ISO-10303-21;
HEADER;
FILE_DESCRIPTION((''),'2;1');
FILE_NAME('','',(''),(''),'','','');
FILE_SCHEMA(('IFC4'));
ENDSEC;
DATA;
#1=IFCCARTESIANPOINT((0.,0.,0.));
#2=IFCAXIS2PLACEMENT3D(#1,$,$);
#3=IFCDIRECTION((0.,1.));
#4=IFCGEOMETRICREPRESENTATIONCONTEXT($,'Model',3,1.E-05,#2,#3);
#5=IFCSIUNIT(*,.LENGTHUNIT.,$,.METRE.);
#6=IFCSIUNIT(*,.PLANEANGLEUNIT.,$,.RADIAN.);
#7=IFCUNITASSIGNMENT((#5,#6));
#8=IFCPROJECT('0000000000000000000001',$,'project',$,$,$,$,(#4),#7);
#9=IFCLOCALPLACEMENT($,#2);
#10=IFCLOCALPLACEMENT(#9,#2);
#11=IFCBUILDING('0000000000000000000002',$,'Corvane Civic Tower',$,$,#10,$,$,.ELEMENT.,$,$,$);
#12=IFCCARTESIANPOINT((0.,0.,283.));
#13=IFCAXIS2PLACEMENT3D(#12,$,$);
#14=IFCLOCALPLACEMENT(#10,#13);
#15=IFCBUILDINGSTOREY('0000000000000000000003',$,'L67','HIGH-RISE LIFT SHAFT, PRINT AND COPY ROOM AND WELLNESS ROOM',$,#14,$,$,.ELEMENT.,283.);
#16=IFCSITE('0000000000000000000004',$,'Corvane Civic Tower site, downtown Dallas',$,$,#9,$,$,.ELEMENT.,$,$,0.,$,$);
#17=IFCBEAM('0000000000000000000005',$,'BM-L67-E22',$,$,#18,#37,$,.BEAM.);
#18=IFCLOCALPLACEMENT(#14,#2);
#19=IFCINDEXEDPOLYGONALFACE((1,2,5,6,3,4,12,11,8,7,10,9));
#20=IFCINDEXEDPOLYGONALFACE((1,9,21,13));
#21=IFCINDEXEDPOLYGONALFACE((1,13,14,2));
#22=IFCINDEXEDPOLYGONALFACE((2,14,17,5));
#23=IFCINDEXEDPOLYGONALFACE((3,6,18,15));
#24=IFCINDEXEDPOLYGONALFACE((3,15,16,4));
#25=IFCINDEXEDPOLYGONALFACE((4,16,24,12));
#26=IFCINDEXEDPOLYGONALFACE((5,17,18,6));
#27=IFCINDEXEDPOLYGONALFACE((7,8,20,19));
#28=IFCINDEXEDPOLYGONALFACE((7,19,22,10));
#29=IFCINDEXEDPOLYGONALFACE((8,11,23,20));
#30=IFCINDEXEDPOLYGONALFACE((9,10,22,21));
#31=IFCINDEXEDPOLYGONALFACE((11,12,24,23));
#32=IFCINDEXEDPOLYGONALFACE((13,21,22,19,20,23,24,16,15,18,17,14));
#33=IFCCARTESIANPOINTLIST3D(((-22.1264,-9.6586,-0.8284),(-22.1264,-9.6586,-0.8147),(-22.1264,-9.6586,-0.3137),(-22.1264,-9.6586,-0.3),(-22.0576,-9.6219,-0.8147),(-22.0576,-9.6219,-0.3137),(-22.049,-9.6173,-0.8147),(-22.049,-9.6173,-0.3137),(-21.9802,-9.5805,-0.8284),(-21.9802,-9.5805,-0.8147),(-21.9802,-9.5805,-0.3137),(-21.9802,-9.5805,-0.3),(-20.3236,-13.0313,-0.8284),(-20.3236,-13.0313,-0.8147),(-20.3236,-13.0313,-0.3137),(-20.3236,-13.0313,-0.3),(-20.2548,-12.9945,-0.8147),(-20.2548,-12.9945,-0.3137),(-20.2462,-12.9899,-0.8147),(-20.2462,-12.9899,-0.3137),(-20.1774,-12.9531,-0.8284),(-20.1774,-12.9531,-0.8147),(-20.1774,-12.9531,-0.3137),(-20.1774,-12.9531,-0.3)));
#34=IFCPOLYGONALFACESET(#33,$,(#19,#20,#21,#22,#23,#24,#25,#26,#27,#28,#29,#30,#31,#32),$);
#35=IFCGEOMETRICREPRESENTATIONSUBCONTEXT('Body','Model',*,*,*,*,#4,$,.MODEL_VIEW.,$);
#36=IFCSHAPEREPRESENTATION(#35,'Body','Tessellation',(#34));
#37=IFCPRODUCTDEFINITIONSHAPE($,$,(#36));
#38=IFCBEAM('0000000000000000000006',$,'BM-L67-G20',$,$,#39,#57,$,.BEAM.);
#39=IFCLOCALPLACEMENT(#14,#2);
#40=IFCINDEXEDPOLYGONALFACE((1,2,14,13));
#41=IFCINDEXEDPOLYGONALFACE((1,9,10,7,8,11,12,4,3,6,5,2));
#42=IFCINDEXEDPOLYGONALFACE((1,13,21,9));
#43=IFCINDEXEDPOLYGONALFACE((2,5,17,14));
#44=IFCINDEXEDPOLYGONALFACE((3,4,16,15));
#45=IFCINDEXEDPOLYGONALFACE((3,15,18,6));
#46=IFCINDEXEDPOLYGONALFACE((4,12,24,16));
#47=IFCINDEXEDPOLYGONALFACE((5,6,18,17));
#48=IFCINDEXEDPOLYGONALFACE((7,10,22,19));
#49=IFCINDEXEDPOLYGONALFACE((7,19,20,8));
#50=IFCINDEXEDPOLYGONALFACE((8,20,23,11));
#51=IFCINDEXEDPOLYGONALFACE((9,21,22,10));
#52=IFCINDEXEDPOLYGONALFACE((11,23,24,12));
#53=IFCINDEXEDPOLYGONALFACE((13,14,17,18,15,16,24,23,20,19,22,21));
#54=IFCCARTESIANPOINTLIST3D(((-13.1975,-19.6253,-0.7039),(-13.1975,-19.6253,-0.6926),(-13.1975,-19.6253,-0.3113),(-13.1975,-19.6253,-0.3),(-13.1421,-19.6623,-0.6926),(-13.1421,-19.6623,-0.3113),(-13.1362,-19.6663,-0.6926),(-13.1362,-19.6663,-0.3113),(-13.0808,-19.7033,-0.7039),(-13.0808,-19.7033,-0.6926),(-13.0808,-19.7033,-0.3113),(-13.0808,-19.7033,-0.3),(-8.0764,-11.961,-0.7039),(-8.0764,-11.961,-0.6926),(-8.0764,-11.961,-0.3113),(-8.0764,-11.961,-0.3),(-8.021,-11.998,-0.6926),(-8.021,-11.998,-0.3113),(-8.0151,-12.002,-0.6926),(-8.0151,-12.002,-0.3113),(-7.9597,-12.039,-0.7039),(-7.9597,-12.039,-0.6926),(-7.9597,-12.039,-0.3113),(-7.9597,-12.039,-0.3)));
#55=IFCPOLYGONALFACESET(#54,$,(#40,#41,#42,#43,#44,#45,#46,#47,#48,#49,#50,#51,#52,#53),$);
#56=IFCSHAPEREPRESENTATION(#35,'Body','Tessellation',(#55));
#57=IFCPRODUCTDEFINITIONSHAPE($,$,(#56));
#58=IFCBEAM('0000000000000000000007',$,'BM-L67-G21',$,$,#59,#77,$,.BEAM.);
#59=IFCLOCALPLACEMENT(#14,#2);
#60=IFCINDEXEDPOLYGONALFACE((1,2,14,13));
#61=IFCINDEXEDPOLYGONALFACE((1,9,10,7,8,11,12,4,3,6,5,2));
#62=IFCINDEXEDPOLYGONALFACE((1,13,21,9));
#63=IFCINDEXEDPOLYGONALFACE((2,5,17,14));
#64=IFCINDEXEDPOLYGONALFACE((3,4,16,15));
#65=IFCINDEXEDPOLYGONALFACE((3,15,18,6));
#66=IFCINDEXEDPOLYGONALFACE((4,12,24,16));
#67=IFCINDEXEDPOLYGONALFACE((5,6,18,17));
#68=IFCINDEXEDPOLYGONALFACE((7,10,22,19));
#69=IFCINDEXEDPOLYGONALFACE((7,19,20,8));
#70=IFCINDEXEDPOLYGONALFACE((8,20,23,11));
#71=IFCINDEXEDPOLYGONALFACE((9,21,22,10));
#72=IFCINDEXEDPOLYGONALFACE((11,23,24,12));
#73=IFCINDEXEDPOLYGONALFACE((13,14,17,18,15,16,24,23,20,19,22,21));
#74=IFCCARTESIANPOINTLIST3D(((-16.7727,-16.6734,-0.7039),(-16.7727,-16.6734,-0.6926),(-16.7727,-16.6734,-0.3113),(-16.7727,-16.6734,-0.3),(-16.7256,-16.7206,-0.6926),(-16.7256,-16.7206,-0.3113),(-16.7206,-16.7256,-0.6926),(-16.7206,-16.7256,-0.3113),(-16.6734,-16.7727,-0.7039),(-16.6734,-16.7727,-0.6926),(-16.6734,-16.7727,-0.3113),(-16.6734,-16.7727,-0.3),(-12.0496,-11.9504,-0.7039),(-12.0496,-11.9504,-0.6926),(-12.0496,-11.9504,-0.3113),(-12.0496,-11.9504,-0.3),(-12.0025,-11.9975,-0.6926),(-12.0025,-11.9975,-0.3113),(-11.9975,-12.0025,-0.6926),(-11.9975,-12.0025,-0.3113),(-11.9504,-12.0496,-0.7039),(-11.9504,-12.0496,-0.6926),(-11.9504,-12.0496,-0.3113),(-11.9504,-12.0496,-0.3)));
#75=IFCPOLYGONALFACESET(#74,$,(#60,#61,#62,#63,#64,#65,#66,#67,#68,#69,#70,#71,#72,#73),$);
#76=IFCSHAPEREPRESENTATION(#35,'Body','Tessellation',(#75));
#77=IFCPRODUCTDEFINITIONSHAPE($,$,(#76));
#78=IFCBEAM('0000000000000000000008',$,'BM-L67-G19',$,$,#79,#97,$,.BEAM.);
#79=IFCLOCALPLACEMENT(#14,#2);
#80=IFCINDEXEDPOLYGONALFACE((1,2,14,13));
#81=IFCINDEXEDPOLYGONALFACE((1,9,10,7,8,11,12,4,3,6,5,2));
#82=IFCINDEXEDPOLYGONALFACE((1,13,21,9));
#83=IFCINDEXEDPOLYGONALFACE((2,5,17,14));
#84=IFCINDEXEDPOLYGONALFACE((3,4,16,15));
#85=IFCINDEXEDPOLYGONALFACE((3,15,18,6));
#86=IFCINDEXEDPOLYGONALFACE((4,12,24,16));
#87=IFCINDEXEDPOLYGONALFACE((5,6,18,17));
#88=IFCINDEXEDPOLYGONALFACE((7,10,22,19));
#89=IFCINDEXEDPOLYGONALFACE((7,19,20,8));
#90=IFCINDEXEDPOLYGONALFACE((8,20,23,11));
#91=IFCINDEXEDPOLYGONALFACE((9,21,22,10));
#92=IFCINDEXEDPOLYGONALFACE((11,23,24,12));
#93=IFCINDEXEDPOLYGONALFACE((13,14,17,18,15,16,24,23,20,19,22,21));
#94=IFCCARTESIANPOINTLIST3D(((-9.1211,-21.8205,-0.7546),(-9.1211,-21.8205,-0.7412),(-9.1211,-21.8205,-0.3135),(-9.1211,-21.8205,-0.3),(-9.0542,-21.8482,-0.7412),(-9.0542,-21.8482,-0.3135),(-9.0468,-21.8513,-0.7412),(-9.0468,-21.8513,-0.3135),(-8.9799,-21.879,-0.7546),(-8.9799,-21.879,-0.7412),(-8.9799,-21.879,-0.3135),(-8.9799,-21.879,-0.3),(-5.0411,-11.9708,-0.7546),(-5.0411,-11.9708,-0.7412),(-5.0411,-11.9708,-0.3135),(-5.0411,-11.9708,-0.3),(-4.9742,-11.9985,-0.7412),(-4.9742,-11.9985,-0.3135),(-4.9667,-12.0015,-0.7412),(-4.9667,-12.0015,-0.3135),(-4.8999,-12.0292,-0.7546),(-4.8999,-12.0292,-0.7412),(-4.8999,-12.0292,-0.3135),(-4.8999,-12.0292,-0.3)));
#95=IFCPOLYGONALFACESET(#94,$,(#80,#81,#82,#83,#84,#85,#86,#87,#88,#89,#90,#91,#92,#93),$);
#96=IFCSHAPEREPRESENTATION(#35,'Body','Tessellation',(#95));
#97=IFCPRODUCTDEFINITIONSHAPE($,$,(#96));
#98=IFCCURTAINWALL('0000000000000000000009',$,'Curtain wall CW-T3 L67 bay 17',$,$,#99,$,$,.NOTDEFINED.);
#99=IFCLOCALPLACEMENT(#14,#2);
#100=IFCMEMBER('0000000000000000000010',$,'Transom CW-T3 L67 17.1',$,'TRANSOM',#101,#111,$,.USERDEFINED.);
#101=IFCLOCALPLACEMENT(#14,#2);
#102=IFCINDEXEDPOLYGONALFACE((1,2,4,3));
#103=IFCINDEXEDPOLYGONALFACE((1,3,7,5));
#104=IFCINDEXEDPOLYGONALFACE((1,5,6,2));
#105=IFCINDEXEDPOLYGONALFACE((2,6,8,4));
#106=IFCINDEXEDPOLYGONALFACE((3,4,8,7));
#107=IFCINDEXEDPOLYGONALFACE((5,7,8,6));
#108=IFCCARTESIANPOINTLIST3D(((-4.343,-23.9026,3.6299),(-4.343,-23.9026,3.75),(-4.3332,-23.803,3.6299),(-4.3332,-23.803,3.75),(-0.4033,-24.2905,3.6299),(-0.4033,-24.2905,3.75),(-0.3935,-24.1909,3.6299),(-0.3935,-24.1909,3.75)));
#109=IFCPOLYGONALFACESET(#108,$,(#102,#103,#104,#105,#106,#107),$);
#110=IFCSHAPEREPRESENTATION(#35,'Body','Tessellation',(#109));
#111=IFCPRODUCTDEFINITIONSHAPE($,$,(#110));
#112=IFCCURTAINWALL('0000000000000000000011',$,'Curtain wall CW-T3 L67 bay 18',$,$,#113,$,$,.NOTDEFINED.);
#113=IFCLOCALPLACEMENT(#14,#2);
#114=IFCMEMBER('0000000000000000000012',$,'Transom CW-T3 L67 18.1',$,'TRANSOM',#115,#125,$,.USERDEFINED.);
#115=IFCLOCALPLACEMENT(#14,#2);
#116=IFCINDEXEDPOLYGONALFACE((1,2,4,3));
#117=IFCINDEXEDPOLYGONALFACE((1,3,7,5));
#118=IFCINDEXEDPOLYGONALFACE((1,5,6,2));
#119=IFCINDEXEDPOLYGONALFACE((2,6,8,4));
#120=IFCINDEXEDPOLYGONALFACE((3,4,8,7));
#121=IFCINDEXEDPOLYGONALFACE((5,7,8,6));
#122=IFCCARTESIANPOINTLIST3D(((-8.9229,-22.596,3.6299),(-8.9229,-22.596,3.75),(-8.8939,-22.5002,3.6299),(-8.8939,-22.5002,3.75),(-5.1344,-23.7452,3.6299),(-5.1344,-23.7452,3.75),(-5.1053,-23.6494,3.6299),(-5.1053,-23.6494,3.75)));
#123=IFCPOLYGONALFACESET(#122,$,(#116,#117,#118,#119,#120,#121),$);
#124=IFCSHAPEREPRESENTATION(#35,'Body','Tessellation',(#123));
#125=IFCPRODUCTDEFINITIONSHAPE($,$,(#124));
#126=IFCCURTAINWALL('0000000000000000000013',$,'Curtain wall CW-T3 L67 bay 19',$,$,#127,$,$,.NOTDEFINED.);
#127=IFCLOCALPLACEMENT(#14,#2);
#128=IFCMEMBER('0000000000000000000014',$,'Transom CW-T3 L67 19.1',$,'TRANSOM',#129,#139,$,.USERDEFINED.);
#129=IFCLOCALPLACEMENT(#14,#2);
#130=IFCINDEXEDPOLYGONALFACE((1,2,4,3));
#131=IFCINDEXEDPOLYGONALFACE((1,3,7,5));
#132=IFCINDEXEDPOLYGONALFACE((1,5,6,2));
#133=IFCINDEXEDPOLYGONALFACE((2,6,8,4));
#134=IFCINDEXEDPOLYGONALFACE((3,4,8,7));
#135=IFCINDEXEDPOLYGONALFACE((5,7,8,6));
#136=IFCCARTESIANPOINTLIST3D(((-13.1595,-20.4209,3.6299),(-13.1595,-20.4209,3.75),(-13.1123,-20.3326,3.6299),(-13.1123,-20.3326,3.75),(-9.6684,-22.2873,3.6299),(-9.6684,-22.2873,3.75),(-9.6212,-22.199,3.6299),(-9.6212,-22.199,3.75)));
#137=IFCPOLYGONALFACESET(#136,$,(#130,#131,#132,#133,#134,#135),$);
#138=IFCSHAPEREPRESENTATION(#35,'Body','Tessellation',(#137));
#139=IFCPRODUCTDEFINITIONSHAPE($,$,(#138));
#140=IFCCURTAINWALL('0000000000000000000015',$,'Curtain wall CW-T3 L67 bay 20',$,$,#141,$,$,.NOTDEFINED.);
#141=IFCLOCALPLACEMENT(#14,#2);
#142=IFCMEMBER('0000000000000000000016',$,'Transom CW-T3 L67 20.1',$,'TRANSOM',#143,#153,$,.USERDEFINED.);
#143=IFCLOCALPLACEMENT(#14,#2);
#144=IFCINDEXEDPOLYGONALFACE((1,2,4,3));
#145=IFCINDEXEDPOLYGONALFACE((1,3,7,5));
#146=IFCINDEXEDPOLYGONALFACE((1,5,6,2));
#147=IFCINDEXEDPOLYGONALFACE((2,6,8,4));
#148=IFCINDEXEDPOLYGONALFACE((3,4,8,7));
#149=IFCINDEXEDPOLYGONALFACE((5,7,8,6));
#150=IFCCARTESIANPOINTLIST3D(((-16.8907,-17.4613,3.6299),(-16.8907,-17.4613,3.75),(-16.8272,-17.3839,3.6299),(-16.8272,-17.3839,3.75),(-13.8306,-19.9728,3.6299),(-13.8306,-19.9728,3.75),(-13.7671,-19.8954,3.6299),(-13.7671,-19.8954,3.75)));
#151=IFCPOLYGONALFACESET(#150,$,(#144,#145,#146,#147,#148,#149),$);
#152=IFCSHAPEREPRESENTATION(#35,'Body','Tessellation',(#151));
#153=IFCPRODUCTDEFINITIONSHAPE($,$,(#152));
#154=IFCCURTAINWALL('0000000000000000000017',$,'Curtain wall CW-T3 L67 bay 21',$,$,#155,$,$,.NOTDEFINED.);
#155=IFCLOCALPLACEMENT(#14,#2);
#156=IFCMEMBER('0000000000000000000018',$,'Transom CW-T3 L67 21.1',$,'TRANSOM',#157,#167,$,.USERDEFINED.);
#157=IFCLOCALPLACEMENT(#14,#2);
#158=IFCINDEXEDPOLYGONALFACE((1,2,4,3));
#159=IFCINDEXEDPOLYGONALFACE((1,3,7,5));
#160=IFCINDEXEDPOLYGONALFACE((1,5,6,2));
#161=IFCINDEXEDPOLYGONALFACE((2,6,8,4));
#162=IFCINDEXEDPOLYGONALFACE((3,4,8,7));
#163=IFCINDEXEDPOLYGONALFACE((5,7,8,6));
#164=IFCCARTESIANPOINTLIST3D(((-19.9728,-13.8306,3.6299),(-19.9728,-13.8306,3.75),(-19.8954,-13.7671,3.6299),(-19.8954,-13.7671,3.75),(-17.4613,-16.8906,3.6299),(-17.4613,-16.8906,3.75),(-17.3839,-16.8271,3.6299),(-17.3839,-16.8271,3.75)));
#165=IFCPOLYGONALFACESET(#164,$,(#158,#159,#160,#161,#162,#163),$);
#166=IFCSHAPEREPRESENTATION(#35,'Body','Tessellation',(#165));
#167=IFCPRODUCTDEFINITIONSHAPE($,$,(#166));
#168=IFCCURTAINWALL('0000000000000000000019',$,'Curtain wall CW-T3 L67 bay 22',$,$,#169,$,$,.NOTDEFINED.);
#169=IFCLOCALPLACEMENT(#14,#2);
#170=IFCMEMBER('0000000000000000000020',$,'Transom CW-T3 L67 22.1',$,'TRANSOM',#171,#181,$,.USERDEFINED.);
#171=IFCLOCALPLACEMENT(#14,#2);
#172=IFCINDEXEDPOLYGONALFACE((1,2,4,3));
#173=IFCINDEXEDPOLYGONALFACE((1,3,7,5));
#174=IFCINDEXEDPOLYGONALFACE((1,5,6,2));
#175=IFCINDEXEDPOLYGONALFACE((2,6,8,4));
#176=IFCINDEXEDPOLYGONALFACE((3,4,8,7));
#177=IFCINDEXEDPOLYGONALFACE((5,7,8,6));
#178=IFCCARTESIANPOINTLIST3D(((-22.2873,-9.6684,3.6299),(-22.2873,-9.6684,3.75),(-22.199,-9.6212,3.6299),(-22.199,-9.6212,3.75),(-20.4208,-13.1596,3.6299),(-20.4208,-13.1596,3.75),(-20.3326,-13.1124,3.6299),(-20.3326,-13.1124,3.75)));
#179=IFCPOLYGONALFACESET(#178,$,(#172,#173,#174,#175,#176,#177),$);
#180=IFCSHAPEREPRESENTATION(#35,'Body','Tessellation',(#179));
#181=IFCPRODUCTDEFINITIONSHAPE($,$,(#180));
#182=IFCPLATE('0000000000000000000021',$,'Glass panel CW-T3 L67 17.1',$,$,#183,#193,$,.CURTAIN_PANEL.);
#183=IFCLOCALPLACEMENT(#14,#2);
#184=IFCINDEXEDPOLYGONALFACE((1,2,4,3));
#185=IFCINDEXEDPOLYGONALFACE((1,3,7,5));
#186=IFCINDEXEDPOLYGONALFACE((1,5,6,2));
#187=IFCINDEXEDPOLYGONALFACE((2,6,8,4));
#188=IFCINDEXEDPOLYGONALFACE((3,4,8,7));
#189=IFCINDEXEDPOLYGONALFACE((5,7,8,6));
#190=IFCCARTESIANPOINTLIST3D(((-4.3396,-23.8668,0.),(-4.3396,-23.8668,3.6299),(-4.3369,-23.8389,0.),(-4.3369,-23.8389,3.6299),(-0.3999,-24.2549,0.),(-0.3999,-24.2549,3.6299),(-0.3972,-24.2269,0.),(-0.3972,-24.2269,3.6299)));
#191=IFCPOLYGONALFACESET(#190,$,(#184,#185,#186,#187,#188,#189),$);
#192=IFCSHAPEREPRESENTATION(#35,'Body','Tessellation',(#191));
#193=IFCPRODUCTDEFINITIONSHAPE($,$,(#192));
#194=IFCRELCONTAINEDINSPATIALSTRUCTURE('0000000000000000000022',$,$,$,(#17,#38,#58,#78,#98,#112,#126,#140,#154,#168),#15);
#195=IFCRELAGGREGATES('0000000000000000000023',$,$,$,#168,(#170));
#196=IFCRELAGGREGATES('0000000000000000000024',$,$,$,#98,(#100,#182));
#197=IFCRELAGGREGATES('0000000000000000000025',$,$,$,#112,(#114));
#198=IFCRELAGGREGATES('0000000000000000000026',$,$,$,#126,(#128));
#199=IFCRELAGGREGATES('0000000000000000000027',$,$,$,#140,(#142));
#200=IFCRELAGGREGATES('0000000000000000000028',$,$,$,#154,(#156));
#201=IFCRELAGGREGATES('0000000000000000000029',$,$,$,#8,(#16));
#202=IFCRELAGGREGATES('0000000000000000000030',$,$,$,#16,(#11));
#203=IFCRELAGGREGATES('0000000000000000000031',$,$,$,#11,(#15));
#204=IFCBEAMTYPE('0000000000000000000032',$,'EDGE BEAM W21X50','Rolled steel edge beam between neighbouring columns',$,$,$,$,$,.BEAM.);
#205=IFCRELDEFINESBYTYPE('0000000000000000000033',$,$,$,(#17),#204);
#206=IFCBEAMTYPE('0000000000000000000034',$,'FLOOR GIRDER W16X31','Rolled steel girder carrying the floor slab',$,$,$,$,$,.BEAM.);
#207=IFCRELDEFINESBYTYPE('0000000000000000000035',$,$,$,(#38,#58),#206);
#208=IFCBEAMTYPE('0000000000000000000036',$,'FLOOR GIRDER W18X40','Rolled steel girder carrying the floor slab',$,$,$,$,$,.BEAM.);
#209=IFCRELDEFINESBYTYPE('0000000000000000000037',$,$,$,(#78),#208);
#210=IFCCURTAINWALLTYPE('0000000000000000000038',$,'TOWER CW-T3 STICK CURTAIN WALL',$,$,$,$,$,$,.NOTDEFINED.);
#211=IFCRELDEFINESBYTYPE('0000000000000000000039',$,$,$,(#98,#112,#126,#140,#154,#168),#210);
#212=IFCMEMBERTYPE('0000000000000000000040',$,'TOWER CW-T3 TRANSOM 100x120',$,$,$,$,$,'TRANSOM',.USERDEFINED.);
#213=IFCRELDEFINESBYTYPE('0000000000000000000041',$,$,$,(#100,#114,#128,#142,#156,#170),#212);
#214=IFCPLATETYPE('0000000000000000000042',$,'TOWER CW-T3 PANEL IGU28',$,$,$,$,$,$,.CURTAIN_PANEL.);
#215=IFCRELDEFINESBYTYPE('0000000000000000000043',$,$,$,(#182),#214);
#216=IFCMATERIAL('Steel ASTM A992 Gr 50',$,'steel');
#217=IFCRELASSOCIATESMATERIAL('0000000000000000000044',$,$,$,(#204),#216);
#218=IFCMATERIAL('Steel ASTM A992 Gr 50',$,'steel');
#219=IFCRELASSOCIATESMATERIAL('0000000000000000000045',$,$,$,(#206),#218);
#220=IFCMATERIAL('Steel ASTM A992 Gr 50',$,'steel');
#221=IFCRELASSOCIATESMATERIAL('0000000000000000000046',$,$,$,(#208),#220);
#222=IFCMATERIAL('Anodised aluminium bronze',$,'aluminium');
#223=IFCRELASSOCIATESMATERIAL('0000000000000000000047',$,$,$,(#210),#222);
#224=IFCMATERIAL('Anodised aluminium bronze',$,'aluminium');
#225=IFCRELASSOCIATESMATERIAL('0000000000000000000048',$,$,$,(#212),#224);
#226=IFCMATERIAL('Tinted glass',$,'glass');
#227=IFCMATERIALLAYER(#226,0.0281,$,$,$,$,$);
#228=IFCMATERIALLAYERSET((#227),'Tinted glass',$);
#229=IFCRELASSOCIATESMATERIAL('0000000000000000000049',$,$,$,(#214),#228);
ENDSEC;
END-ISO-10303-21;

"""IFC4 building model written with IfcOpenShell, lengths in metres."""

from ifc_helpers import new_model, si_unit, direction, frame, origin, origin_2d, place, context, subcontext, project, spatial, rectangle, i_section, extrude, material, layer, layer_set, material_profile, profile_set, type_object, element, aggregate, save


model = new_model("IFC4")

# Units and contexts
model_context = context("Model", 3, precision=1e-05, world=origin(), true_north=direction((0.0, 1.0)))
body_context = subcontext(model_context, "Body", "Model", "MODEL_VIEW")
ifc_project = project(units=[si_unit("LENGTHUNIT", "METRE"), si_unit("PLANEANGLEUNIT", "RADIAN")], contexts=[model_context])

# Site, building, storey
site_placement = place(None, origin())
site = spatial("IfcSite", under=ifc_project, at=site_placement, Name="Corvane Civic Tower site, downtown Dallas", CompositionType="ELEMENT", RefElevation=0.0)
building_placement = place(site_placement, origin())
building = spatial("IfcBuilding", under=site, at=building_placement, Name="Corvane Civic Tower", CompositionType="ELEMENT")
storey_placement = place(building_placement, frame((0.0, 0.0, 283.0)))
storey = spatial("IfcBuildingStorey", under=building, at=storey_placement, Name="L67", Description="HIGH-RISE LIFT SHAFT, PRINT AND COPY ROOM AND WELLNESS ROOM", CompositionType="ELEMENT", Elevation=283.0)

# Beams
ifc_material_1 = material(Name="Steel ASTM A992 Gr 50", Category="steel")
ifc_material_profile_1 = material_profile(ifc_material_1, i_section(OverallWidth=0.1658, OverallDepth=0.5283, WebThickness=0.0098, FlangeThickness=0.0137, at=origin_2d()), Name="W21X50")
ifc_profile_set_1 = profile_set([ifc_material_profile_1], Name="Steel ASTM A992 Gr 50")
beam_type_1 = type_object("IfcBeamType", Name="EDGE BEAM W21X50", Description="Rolled steel edge beam between neighbouring columns", PredefinedType="BEAM", material=ifc_profile_set_1)
beam_1_placement = place(storey_placement, frame((-20.2505, -12.9922, -0.5642), z_axis=(-0.47141, 0.881914, 0.0), x_axis=(-0.881914, -0.47141, 0.0)))
element("IfcBeam", 1, at=beam_1_placement, inside=storey, type_object=beam_type_1, Name="BM-L67-E22", PredefinedType="BEAM", context=body_context, shape_type="SweptSolid", body=[
    extrude(i_section(OverallWidth=0.1658, OverallDepth=0.5283, WebThickness=0.0098, FlangeThickness=0.0137, at=origin_2d()), origin(), (0.0, 0.0, 1.0), 3.8242),
])
ifc_material_2 = material(Name="Steel ASTM A992 Gr 50", Category="steel")
ifc_material_profile_2 = material_profile(ifc_material_2, i_section(OverallWidth=0.1404, OverallDepth=0.4038, WebThickness=0.0071, FlangeThickness=0.0112, at=origin_2d()), Name="W16X31")
ifc_profile_set_2 = profile_set([ifc_material_profile_2], Name="Steel ASTM A992 Gr 50")
beam_type_2 = type_object("IfcBeamType", Name="FLOOR GIRDER W16X31", Description="Rolled steel girder carrying the floor slab", PredefinedType="BEAM", material=ifc_profile_set_2)
beam_2_placement = place(storey_placement, frame((-8.0181, -12.0, -0.502), z_axis=(-0.555568, -0.831471, 0.0), x_axis=(0.831471, -0.555568, 0.0)))
element("IfcBeam", 2, at=beam_2_placement, inside=storey, type_object=beam_type_2, Name="BM-L67-G20", PredefinedType="BEAM", context=body_context, shape_type="SweptSolid", body=[
    extrude(i_section(OverallWidth=0.1404, OverallDepth=0.4038, WebThickness=0.0071, FlangeThickness=0.0112, at=origin_2d()), origin(), (0.0, 0.0, 1.0), 9.2178),
])
beam_3_placement = place(storey_placement, frame((-12.0, -12.0, -0.502), z_axis=(-0.707107, -0.707107, 0.0), x_axis=(0.707107, -0.707107, 0.0)))
element("IfcBeam", 3, at=beam_3_placement, inside=storey, type_object=beam_type_2, Name="BM-L67-G21", PredefinedType="BEAM", context=body_context, shape_type="SweptSolid", body=[
    extrude(i_section(OverallWidth=0.1404, OverallDepth=0.4038, WebThickness=0.0071, FlangeThickness=0.0112, at=origin_2d()), origin(), (0.0, 0.0, 1.0), 6.6794),
])
ifc_material_3 = material(Name="Steel ASTM A992 Gr 50", Category="steel")
ifc_material_profile_3 = material_profile(ifc_material_3, i_section(OverallWidth=0.1528, OverallDepth=0.4546, WebThickness=0.0081, FlangeThickness=0.0134, at=origin_2d()), Name="W18X40")
ifc_profile_set_3 = profile_set([ifc_material_profile_3], Name="Steel ASTM A992 Gr 50")
beam_type_3 = type_object("IfcBeamType", Name="FLOOR GIRDER W18X40", Description="Rolled steel girder carrying the floor slab", PredefinedType="BEAM", material=ifc_profile_set_3)
beam_4_placement = place(storey_placement, frame((-4.9705, -12.0, -0.5273), z_axis=(-0.382694, -0.923875, 0.0), x_axis=(0.923875, -0.382694, 0.0)))
element("IfcBeam", 4, at=beam_4_placement, inside=storey, type_object=beam_type_3, Name="BM-L67-G19", PredefinedType="BEAM", context=body_context, shape_type="SweptSolid", body=[
    extrude(i_section(OverallWidth=0.1528, OverallDepth=0.4546, WebThickness=0.0081, FlangeThickness=0.0134, at=origin_2d()), origin(), (0.0, 0.0, 1.0), 10.6614),
])

# Curtain walls, members
ifc_material_4 = material(Name="Anodised aluminium bronze", Category="aluminium")
curtain_wall_type = type_object("IfcCurtainWallType", Name="TOWER CW-T3 STICK CURTAIN WALL", PredefinedType="NOTDEFINED", material=ifc_material_4)
curtain_wall_1_placement = place(storey_placement, origin())
curtain_wall_1 = element("IfcCurtainWall", 5, at=curtain_wall_1_placement, inside=storey, type_object=curtain_wall_type, Name="Curtain wall CW-T3 L67 bay 17", PredefinedType="NOTDEFINED")
ifc_material_5 = material(Name="Anodised aluminium bronze", Category="aluminium")
ifc_material_profile_4 = material_profile(ifc_material_5, rectangle(XDim=0.1001, YDim=0.1201, at=origin_2d()), Name="TOWER CW-T3 TRANSOM 100x120")
ifc_profile_set_4 = profile_set([ifc_material_profile_4], Name="Anodised aluminium bronze")
member_type = type_object("IfcMemberType", Name="TOWER CW-T3 TRANSOM 100x120", ElementType="TRANSOM", PredefinedType="USERDEFINED", material=ifc_profile_set_4)
member_1_placement = place(storey_placement, frame((-0.3984, -24.2407, 3.6899), z_axis=(-0.995187, 0.097995, 0.0), x_axis=(-0.097995, -0.995187, 0.0)))
member_1 = element("IfcMember", 6, at=member_1_placement, type_object=member_type, Name="Transom CW-T3 L67 17.1", ObjectType="TRANSOM", PredefinedType="USERDEFINED", context=body_context, shape_type="SweptSolid", body=[
    extrude(rectangle(XDim=0.1001, YDim=0.1201, at=origin_2d()), origin(), (0.0, 0.0, 1.0), 3.9587),
])
curtain_wall_2_placement = place(storey_placement, origin())
curtain_wall_2 = element("IfcCurtainWall", 7, at=curtain_wall_2_placement, inside=storey, type_object=curtain_wall_type, Name="Curtain wall CW-T3 L67 bay 18", PredefinedType="NOTDEFINED")
member_2_placement = place(storey_placement, frame((-5.1199, -23.6973, 3.6899), z_axis=(-0.956946, 0.290266, 0.0), x_axis=(-0.290266, -0.956946, 0.0)))
member_2 = element("IfcMember", 8, at=member_2_placement, type_object=member_type, Name="Transom CW-T3 L67 18.1", ObjectType="TRANSOM", PredefinedType="USERDEFINED", context=body_context, shape_type="SweptSolid", body=[
    extrude(rectangle(XDim=0.1001, YDim=0.1201, at=origin_2d()), origin(), (0.0, 0.0, 1.0), 3.959),
])
curtain_wall_3_placement = place(storey_placement, origin())
curtain_wall_3 = element("IfcCurtainWall", 9, at=curtain_wall_3_placement, inside=storey, type_object=curtain_wall_type, Name="Curtain wall CW-T3 L67 bay 19", PredefinedType="NOTDEFINED")
member_3_placement = place(storey_placement, frame((-9.6448, -22.2432, 3.6899), z_axis=(-0.881883, 0.471468, 0.0), x_axis=(-0.471468, -0.881883, 0.0)))
member_3 = element("IfcMember", 10, at=member_3_placement, type_object=member_type, Name="Transom CW-T3 L67 19.1", ObjectType="TRANSOM", PredefinedType="USERDEFINED", context=body_context, shape_type="SweptSolid", body=[
    extrude(rectangle(XDim=0.1001, YDim=0.1201, at=origin_2d()), origin(), (0.0, 0.0, 1.0), 3.9587),
])
curtain_wall_4_placement = place(storey_placement, origin())
curtain_wall_4 = element("IfcCurtainWall", 11, at=curtain_wall_4_placement, inside=storey, type_object=curtain_wall_type, Name="Curtain wall CW-T3 L67 bay 20", PredefinedType="NOTDEFINED")
member_4_placement = place(storey_placement, frame((-13.7988, -19.9341, 3.6899), z_axis=(-0.772992, 0.634416, 0.0), x_axis=(-0.634416, -0.772992, 0.0)))
member_4 = element("IfcMember", 12, at=member_4_placement, type_object=member_type, Name="Transom CW-T3 L67 20.1", ObjectType="TRANSOM", PredefinedType="USERDEFINED", context=body_context, shape_type="SweptSolid", body=[
    extrude(rectangle(XDim=0.1001, YDim=0.1201, at=origin_2d()), origin(), (0.0, 0.0, 1.0), 3.9587),
])
curtain_wall_5_placement = place(storey_placement, origin())
curtain_wall_5 = element("IfcCurtainWall", 13, at=curtain_wall_5_placement, inside=storey, type_object=curtain_wall_type, Name="Curtain wall CW-T3 L67 bay 21", PredefinedType="NOTDEFINED")
member_5_placement = place(storey_placement, frame((-17.4226, -16.8589, 3.6899), z_axis=(-0.634416, 0.772992, 0.0), x_axis=(-0.772992, -0.634416, 0.0)))
member_5 = element("IfcMember", 14, at=member_5_placement, type_object=member_type, Name="Transom CW-T3 L67 21.1", ObjectType="TRANSOM", PredefinedType="USERDEFINED", context=body_context, shape_type="SweptSolid", body=[
    extrude(rectangle(XDim=0.1001, YDim=0.1201, at=origin_2d()), origin(), (0.0, 0.0, 1.0), 3.9587),
])
curtain_wall_6_placement = place(storey_placement, origin())
curtain_wall_6 = element("IfcCurtainWall", 15, at=curtain_wall_6_placement, inside=storey, type_object=curtain_wall_type, Name="Curtain wall CW-T3 L67 bay 22", PredefinedType="NOTDEFINED")
member_6_placement = place(storey_placement, frame((-20.3767, -13.136, 3.6899), z_axis=(-0.471468, 0.881883, 0.0), x_axis=(-0.881883, -0.471468, 0.0)))
member_6 = element("IfcMember", 16, at=member_6_placement, type_object=member_type, Name="Transom CW-T3 L67 22.1", ObjectType="TRANSOM", PredefinedType="USERDEFINED", context=body_context, shape_type="SweptSolid", body=[
    extrude(rectangle(XDim=0.1001, YDim=0.1201, at=origin_2d()), origin(), (0.0, 0.0, 1.0), 3.9587),
])
aggregate(curtain_wall_6, [member_6])

# Plate
ifc_material_6 = material(Name="Tinted glass", Category="glass")
ifc_layer_1 = layer(ifc_material_6, 0.0281)
ifc_layer_set_1 = layer_set([ifc_layer_1], Name="Tinted glass")
plate_type = type_object("IfcPlateType", Name="TOWER CW-T3 PANEL IGU28", PredefinedType="CURTAIN_PANEL", material=ifc_layer_set_1)
plate_1_placement = place(storey_placement, frame((-2.3684, -24.0469, 0.0), z_axis=(0.0, 0.0, 1.0), x_axis=(-0.995184, 0.098021, 0.0)))
plate_1 = element("IfcPlate", 17, at=plate_1_placement, type_object=plate_type, Name="Glass panel CW-T3 L67 17.1", PredefinedType="CURTAIN_PANEL", context=body_context, shape_type="SweptSolid", body=[
    extrude(rectangle(XDim=3.9587, YDim=0.0281, at=origin_2d()), origin(), (0.0, 0.0, 1.0), 3.6299),
])
aggregate(curtain_wall_1, [member_1, plate_1])
aggregate(curtain_wall_2, [member_2])
aggregate(curtain_wall_3, [member_3])
aggregate(curtain_wall_4, [member_4])
aggregate(curtain_wall_5, [member_5])

save(model, "model.ifc")
